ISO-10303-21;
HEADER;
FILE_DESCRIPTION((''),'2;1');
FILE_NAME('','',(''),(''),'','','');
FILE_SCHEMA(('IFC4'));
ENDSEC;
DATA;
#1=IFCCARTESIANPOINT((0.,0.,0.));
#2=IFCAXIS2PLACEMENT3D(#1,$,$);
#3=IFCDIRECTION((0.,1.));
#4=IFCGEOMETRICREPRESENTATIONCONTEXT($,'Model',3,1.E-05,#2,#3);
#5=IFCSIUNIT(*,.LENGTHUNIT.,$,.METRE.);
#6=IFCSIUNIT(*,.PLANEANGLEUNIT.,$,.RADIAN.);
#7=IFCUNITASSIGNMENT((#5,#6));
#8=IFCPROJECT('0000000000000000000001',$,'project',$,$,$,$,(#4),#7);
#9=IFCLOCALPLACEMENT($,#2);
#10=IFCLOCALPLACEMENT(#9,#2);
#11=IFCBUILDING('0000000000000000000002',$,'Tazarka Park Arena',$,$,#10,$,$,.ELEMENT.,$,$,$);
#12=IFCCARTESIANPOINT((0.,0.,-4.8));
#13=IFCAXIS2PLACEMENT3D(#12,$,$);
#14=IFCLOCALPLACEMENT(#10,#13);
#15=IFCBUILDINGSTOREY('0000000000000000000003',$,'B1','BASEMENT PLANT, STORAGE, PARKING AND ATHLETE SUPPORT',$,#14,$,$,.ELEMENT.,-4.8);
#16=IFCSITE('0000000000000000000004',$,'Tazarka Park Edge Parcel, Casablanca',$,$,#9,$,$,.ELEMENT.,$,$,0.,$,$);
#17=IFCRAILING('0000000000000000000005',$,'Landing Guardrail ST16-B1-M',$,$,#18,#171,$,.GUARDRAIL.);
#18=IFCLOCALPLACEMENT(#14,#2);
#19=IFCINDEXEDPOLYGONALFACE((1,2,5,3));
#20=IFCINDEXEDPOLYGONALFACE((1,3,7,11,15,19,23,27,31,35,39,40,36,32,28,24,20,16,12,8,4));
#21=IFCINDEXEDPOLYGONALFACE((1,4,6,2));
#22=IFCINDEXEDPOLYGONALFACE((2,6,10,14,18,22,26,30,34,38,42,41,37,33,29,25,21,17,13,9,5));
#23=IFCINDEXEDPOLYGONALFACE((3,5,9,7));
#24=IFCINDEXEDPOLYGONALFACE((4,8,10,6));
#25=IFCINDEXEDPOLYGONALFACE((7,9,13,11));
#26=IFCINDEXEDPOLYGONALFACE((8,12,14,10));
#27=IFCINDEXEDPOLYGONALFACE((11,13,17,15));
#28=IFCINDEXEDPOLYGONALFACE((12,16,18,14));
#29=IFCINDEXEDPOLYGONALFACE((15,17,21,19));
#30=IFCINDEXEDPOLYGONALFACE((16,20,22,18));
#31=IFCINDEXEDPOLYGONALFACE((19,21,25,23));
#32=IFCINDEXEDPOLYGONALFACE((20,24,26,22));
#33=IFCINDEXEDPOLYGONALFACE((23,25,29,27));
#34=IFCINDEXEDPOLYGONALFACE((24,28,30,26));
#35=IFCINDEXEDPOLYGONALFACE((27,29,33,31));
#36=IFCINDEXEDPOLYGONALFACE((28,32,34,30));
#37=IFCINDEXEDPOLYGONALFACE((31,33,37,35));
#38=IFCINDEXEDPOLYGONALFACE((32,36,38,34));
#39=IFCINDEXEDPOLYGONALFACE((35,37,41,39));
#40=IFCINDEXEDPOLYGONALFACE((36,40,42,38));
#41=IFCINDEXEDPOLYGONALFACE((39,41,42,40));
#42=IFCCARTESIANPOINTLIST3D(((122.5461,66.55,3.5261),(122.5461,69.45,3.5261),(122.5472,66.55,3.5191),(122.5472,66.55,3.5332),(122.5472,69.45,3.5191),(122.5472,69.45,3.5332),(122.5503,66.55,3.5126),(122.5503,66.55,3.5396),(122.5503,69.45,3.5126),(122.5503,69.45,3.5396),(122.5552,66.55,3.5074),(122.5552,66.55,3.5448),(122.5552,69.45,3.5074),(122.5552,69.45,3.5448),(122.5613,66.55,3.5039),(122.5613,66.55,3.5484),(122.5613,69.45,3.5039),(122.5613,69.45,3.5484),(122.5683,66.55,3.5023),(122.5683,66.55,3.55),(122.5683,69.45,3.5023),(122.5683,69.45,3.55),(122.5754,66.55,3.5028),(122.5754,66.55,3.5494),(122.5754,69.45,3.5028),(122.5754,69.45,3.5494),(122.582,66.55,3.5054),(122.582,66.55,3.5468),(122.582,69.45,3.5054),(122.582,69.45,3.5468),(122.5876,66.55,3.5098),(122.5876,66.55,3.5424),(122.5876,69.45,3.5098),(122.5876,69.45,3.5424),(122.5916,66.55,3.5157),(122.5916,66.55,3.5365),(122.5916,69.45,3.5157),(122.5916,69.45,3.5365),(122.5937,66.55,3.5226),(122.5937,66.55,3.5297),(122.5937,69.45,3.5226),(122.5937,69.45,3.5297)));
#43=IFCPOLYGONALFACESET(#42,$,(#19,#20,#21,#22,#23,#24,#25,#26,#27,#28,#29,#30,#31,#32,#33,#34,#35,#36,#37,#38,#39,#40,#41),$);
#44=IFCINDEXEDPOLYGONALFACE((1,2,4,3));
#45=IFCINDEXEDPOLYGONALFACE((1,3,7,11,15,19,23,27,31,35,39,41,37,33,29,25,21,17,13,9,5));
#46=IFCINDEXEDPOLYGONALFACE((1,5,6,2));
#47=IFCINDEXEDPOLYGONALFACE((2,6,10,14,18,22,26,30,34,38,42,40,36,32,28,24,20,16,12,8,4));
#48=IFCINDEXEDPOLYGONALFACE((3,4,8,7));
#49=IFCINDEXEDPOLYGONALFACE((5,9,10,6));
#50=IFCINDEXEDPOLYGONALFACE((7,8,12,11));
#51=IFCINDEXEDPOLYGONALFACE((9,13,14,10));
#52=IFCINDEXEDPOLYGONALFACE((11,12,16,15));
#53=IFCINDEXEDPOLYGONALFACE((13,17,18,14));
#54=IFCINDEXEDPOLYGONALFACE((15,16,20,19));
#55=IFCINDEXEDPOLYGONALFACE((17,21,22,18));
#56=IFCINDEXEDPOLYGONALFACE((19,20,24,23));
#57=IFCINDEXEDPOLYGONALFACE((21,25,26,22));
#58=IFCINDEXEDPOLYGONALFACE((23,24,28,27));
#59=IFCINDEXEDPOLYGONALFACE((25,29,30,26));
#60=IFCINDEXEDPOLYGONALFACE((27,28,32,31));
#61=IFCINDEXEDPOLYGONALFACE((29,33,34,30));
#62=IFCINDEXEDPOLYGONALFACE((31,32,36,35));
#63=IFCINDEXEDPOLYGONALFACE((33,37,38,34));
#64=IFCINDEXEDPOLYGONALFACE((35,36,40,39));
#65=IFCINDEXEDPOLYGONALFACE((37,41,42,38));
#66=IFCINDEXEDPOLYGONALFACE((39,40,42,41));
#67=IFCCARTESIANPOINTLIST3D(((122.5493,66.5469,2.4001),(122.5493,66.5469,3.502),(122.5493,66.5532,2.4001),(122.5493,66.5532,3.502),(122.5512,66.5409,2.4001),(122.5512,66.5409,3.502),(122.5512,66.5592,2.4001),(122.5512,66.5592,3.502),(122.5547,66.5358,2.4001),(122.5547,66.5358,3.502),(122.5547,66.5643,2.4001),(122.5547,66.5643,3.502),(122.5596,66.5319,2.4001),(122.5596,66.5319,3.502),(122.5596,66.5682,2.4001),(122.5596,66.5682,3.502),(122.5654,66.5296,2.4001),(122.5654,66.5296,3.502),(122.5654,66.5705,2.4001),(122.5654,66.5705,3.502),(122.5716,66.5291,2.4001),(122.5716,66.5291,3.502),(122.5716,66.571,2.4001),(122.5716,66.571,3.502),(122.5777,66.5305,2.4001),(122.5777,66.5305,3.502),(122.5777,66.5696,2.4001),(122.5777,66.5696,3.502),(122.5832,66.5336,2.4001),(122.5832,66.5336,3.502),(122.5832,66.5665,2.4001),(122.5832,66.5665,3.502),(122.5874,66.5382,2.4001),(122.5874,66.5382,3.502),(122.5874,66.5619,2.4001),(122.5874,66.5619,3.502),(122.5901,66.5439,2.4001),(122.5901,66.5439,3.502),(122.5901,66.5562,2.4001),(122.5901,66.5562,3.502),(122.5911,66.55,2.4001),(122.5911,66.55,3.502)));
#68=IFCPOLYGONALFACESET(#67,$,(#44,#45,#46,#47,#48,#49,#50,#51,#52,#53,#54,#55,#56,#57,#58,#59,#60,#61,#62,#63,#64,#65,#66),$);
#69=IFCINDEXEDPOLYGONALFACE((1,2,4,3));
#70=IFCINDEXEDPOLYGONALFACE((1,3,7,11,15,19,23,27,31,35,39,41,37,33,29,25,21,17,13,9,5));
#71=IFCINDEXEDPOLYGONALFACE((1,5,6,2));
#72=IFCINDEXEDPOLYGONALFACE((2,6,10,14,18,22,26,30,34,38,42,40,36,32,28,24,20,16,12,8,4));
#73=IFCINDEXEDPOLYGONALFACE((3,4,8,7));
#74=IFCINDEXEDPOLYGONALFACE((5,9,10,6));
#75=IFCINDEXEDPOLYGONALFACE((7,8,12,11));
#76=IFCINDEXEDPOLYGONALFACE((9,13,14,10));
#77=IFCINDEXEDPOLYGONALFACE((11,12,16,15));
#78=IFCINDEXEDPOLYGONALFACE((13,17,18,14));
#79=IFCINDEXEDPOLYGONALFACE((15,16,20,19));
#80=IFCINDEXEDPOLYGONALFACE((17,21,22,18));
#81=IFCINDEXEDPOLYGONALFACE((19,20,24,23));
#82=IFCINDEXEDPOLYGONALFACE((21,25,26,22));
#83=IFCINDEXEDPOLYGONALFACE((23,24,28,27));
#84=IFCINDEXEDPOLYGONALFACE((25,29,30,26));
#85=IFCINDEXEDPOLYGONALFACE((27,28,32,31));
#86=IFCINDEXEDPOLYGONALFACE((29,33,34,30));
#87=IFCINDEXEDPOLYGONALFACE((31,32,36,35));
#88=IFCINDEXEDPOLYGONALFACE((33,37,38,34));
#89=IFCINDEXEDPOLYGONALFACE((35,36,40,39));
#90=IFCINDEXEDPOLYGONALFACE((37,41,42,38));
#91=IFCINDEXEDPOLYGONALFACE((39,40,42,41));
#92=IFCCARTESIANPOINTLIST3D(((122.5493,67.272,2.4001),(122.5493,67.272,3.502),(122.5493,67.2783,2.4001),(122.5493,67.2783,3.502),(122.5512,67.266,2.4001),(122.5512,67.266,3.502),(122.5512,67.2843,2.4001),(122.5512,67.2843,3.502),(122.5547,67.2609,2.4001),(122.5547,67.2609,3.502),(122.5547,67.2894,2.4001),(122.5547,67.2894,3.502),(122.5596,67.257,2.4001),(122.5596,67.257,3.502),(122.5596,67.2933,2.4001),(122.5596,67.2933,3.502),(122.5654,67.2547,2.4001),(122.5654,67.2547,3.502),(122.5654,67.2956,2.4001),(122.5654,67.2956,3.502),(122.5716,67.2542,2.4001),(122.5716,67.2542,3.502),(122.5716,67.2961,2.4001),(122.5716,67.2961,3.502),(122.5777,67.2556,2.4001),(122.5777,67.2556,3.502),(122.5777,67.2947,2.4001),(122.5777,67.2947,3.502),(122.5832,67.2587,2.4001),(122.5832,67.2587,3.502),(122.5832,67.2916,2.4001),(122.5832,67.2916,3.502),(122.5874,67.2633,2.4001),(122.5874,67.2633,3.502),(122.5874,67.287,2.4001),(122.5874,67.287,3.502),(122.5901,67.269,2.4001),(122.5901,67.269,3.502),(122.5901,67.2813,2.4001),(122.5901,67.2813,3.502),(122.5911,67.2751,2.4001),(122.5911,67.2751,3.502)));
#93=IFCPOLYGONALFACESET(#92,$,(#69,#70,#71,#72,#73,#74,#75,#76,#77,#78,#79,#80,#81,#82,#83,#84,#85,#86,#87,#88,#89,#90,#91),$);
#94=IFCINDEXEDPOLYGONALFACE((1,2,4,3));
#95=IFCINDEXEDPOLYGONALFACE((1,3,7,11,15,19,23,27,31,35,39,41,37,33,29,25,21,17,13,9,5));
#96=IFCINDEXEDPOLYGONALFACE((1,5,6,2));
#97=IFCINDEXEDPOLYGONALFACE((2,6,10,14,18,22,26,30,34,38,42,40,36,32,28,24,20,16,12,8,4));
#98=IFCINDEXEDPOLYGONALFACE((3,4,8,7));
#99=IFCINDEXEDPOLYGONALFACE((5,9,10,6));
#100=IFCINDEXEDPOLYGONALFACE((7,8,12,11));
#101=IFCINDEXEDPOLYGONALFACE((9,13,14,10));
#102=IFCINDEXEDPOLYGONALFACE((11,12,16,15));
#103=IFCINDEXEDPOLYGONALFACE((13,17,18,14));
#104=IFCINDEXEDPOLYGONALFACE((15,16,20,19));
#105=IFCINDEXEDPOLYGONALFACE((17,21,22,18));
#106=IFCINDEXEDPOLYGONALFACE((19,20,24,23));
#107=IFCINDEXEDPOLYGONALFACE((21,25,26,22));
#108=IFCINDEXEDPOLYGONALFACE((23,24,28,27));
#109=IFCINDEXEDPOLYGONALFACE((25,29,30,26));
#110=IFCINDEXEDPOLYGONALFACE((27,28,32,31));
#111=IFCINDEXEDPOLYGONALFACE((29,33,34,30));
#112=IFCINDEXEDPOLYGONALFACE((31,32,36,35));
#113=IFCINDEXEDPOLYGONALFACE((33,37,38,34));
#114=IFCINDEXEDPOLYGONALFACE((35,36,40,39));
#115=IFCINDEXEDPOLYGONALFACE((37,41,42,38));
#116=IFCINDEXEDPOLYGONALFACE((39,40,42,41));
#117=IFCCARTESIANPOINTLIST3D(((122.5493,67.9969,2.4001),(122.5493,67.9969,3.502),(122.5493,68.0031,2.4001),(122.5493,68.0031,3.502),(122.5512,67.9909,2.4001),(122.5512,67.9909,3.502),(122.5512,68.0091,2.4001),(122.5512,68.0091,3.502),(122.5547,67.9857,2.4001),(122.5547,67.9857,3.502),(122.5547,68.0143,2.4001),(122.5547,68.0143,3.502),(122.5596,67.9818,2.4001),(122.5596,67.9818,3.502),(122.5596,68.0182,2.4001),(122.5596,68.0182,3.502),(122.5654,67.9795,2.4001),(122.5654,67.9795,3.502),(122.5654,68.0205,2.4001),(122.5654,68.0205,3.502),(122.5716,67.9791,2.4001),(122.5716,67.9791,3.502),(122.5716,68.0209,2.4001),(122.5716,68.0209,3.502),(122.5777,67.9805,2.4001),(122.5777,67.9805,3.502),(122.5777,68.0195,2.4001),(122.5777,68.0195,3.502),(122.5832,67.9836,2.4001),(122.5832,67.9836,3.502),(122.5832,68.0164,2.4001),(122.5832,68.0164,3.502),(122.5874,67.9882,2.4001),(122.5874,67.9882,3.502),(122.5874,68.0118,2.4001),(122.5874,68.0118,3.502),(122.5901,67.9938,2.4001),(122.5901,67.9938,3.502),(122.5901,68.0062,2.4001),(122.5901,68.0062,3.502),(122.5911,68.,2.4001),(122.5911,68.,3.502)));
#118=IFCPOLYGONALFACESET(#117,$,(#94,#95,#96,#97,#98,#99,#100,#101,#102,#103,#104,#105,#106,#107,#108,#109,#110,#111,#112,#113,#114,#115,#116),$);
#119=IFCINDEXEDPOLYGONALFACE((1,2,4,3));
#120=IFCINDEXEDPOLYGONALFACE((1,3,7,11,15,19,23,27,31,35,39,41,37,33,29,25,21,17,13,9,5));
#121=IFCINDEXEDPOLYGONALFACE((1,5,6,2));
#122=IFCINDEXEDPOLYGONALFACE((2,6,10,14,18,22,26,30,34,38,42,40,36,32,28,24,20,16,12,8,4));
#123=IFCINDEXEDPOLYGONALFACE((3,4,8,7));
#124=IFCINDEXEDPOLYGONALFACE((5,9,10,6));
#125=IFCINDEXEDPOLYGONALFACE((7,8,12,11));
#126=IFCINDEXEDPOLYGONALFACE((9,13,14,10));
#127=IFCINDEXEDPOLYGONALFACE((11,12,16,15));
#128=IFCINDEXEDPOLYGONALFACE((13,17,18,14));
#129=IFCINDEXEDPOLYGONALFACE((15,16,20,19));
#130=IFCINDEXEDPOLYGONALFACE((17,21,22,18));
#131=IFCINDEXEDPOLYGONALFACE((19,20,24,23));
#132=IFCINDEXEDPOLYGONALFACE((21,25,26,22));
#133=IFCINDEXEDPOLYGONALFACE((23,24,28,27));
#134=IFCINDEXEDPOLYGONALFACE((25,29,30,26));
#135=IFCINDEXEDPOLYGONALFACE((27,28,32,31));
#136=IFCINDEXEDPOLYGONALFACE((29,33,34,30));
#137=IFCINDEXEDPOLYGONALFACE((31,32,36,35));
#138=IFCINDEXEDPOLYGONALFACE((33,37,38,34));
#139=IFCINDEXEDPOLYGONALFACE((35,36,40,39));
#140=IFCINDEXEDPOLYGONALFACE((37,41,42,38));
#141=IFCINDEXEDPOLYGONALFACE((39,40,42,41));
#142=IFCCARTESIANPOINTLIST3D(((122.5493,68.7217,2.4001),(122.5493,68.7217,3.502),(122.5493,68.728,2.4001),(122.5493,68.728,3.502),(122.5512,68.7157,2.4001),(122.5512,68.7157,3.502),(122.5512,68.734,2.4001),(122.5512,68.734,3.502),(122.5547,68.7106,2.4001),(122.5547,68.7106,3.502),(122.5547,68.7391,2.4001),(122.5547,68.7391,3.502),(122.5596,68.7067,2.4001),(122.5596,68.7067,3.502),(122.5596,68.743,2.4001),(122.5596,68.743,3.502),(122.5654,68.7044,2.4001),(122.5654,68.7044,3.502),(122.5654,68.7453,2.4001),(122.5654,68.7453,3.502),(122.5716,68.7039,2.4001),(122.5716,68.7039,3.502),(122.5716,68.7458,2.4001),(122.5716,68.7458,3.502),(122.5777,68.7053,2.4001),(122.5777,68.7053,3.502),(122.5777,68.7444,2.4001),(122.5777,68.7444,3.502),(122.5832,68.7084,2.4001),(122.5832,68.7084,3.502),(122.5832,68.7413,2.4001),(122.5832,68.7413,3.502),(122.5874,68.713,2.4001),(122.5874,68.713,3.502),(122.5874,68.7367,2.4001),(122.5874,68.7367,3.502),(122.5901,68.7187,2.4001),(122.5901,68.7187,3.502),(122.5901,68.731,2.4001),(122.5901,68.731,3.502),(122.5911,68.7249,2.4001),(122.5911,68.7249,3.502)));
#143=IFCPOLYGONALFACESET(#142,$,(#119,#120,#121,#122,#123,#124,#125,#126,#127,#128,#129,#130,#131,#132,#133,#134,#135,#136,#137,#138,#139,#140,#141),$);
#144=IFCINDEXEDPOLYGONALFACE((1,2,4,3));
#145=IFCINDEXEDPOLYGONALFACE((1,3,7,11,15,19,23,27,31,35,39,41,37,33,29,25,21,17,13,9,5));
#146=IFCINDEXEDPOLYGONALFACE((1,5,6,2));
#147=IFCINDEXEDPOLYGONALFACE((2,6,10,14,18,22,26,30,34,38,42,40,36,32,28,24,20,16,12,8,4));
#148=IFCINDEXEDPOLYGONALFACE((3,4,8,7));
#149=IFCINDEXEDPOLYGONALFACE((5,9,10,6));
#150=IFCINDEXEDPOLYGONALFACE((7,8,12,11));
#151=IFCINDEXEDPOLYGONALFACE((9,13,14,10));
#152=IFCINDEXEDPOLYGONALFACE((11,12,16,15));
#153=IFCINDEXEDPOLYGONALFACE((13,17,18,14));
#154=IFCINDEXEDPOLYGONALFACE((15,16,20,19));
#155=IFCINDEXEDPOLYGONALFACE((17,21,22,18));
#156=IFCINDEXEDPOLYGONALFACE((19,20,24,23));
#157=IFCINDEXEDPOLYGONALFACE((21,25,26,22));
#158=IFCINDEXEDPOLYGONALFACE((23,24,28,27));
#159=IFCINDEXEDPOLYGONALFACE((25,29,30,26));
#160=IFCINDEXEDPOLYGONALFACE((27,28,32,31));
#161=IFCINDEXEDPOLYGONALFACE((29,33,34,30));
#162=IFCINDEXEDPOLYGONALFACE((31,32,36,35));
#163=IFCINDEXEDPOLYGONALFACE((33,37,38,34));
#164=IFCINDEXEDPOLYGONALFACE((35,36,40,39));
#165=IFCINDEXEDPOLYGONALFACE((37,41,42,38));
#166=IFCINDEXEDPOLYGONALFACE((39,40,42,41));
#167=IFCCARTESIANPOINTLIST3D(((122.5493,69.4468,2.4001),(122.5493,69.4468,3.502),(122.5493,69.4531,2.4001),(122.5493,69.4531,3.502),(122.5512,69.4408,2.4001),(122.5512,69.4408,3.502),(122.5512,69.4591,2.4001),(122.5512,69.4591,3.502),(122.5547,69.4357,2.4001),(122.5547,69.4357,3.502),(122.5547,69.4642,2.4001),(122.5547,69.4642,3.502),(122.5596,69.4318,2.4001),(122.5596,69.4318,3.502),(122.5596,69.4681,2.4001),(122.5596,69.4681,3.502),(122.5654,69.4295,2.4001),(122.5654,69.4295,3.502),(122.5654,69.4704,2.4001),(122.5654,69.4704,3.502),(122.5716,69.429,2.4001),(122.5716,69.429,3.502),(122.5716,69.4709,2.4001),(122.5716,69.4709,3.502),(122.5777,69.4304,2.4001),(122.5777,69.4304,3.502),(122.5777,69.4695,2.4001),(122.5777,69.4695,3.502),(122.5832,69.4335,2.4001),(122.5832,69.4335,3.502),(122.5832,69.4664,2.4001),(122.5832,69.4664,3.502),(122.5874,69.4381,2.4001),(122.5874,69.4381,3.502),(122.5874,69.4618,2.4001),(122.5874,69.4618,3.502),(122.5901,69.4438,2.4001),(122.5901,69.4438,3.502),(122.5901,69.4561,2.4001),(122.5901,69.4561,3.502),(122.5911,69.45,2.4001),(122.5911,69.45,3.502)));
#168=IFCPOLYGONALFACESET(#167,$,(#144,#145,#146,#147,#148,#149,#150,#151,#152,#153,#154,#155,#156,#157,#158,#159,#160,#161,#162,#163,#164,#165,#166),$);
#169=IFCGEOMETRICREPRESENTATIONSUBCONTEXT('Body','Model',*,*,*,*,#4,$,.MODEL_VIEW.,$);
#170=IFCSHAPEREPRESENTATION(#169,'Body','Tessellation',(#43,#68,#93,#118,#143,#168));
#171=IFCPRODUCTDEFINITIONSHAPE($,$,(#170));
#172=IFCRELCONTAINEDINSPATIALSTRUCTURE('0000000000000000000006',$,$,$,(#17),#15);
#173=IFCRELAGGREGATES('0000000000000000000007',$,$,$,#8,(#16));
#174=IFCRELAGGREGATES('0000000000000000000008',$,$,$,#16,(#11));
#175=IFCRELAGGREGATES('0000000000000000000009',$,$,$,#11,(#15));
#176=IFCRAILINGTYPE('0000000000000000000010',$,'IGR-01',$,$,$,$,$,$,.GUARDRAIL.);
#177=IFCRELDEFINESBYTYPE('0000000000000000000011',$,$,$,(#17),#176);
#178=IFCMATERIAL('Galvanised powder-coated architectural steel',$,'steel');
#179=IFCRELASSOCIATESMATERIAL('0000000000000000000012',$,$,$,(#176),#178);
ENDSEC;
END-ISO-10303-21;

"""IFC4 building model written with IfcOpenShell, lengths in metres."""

from ifc_helpers import new_model, si_unit, direction, frame, origin, origin_2d, place, context, subcontext, project, spatial, circle, extrude, material, type_object, element, save


model = new_model("IFC4")

# Units and contexts
model_context = context("Model", 3, precision=1e-05, world=origin(), true_north=direction((0.0, 1.0)))
body_context = subcontext(model_context, "Body", "Model", "MODEL_VIEW")
ifc_project = project(units=[si_unit("LENGTHUNIT", "METRE"), si_unit("PLANEANGLEUNIT", "RADIAN")], contexts=[model_context])

# Site, building, storey
site_placement = place(None, origin())
site = spatial("IfcSite", under=ifc_project, at=site_placement, Name="Tazarka Park Edge Parcel, Casablanca", CompositionType="ELEMENT", RefElevation=0.0)
building_placement = place(site_placement, origin())
building = spatial("IfcBuilding", under=site, at=building_placement, Name="Tazarka Park Arena", CompositionType="ELEMENT")
storey_placement = place(building_placement, frame((0.0, 0.0, -4.8)))
storey = spatial("IfcBuildingStorey", under=building, at=storey_placement, Name="B1", Description="BASEMENT PLANT, STORAGE, PARKING AND ATHLETE SUPPORT", CompositionType="ELEMENT", Elevation=-4.8)

# Railing
ifc_material_1 = material(Name="Galvanised powder-coated architectural steel", Category="steel")
railing_type_1 = type_object("IfcRailingType", Name="IGR-01", PredefinedType="GUARDRAIL", material=ifc_material_1)
railing_1_placement = place(storey_placement, frame((122.5701, 66.55, 2.4001)))
element("IfcRailing", 1, at=railing_1_placement, inside=storey, type_object=railing_type_1, Name="Landing Guardrail ST16-B1-M", PredefinedType="GUARDRAIL", context=body_context, shape_type="SweptSolid", body=[
    extrude(circle(Radius=0.0239, at=origin_2d()), frame((0.0, 0.0, 1.126), z_axis=(0.0, 1.0, 0.0), x_axis=(-1.0, 0.0, 0.0)), (0.0, 0.0, 1.0), 2.8999),
    extrude(circle(Radius=0.021, at=origin_2d()), origin(), (0.0, 0.0, 1.0), 1.1018),
    extrude(circle(Radius=0.021, at=origin_2d()), frame((0.0, 0.7251, 0.0)), (0.0, 0.0, 1.0), 1.1018),
    extrude(circle(Radius=0.021, at=origin_2d()), frame((0.0, 1.45, 0.0)), (0.0, 0.0, 1.0), 1.1018),
    extrude(circle(Radius=0.021, at=origin_2d()), frame((0.0, 2.1748, 0.0)), (0.0, 0.0, 1.0), 1.1018),
    extrude(circle(Radius=0.021, at=origin_2d()), frame((0.0, 2.8999, 0.0)), (0.0, 0.0, 1.0), 1.1018),
])

save(model, "model.ifc")
